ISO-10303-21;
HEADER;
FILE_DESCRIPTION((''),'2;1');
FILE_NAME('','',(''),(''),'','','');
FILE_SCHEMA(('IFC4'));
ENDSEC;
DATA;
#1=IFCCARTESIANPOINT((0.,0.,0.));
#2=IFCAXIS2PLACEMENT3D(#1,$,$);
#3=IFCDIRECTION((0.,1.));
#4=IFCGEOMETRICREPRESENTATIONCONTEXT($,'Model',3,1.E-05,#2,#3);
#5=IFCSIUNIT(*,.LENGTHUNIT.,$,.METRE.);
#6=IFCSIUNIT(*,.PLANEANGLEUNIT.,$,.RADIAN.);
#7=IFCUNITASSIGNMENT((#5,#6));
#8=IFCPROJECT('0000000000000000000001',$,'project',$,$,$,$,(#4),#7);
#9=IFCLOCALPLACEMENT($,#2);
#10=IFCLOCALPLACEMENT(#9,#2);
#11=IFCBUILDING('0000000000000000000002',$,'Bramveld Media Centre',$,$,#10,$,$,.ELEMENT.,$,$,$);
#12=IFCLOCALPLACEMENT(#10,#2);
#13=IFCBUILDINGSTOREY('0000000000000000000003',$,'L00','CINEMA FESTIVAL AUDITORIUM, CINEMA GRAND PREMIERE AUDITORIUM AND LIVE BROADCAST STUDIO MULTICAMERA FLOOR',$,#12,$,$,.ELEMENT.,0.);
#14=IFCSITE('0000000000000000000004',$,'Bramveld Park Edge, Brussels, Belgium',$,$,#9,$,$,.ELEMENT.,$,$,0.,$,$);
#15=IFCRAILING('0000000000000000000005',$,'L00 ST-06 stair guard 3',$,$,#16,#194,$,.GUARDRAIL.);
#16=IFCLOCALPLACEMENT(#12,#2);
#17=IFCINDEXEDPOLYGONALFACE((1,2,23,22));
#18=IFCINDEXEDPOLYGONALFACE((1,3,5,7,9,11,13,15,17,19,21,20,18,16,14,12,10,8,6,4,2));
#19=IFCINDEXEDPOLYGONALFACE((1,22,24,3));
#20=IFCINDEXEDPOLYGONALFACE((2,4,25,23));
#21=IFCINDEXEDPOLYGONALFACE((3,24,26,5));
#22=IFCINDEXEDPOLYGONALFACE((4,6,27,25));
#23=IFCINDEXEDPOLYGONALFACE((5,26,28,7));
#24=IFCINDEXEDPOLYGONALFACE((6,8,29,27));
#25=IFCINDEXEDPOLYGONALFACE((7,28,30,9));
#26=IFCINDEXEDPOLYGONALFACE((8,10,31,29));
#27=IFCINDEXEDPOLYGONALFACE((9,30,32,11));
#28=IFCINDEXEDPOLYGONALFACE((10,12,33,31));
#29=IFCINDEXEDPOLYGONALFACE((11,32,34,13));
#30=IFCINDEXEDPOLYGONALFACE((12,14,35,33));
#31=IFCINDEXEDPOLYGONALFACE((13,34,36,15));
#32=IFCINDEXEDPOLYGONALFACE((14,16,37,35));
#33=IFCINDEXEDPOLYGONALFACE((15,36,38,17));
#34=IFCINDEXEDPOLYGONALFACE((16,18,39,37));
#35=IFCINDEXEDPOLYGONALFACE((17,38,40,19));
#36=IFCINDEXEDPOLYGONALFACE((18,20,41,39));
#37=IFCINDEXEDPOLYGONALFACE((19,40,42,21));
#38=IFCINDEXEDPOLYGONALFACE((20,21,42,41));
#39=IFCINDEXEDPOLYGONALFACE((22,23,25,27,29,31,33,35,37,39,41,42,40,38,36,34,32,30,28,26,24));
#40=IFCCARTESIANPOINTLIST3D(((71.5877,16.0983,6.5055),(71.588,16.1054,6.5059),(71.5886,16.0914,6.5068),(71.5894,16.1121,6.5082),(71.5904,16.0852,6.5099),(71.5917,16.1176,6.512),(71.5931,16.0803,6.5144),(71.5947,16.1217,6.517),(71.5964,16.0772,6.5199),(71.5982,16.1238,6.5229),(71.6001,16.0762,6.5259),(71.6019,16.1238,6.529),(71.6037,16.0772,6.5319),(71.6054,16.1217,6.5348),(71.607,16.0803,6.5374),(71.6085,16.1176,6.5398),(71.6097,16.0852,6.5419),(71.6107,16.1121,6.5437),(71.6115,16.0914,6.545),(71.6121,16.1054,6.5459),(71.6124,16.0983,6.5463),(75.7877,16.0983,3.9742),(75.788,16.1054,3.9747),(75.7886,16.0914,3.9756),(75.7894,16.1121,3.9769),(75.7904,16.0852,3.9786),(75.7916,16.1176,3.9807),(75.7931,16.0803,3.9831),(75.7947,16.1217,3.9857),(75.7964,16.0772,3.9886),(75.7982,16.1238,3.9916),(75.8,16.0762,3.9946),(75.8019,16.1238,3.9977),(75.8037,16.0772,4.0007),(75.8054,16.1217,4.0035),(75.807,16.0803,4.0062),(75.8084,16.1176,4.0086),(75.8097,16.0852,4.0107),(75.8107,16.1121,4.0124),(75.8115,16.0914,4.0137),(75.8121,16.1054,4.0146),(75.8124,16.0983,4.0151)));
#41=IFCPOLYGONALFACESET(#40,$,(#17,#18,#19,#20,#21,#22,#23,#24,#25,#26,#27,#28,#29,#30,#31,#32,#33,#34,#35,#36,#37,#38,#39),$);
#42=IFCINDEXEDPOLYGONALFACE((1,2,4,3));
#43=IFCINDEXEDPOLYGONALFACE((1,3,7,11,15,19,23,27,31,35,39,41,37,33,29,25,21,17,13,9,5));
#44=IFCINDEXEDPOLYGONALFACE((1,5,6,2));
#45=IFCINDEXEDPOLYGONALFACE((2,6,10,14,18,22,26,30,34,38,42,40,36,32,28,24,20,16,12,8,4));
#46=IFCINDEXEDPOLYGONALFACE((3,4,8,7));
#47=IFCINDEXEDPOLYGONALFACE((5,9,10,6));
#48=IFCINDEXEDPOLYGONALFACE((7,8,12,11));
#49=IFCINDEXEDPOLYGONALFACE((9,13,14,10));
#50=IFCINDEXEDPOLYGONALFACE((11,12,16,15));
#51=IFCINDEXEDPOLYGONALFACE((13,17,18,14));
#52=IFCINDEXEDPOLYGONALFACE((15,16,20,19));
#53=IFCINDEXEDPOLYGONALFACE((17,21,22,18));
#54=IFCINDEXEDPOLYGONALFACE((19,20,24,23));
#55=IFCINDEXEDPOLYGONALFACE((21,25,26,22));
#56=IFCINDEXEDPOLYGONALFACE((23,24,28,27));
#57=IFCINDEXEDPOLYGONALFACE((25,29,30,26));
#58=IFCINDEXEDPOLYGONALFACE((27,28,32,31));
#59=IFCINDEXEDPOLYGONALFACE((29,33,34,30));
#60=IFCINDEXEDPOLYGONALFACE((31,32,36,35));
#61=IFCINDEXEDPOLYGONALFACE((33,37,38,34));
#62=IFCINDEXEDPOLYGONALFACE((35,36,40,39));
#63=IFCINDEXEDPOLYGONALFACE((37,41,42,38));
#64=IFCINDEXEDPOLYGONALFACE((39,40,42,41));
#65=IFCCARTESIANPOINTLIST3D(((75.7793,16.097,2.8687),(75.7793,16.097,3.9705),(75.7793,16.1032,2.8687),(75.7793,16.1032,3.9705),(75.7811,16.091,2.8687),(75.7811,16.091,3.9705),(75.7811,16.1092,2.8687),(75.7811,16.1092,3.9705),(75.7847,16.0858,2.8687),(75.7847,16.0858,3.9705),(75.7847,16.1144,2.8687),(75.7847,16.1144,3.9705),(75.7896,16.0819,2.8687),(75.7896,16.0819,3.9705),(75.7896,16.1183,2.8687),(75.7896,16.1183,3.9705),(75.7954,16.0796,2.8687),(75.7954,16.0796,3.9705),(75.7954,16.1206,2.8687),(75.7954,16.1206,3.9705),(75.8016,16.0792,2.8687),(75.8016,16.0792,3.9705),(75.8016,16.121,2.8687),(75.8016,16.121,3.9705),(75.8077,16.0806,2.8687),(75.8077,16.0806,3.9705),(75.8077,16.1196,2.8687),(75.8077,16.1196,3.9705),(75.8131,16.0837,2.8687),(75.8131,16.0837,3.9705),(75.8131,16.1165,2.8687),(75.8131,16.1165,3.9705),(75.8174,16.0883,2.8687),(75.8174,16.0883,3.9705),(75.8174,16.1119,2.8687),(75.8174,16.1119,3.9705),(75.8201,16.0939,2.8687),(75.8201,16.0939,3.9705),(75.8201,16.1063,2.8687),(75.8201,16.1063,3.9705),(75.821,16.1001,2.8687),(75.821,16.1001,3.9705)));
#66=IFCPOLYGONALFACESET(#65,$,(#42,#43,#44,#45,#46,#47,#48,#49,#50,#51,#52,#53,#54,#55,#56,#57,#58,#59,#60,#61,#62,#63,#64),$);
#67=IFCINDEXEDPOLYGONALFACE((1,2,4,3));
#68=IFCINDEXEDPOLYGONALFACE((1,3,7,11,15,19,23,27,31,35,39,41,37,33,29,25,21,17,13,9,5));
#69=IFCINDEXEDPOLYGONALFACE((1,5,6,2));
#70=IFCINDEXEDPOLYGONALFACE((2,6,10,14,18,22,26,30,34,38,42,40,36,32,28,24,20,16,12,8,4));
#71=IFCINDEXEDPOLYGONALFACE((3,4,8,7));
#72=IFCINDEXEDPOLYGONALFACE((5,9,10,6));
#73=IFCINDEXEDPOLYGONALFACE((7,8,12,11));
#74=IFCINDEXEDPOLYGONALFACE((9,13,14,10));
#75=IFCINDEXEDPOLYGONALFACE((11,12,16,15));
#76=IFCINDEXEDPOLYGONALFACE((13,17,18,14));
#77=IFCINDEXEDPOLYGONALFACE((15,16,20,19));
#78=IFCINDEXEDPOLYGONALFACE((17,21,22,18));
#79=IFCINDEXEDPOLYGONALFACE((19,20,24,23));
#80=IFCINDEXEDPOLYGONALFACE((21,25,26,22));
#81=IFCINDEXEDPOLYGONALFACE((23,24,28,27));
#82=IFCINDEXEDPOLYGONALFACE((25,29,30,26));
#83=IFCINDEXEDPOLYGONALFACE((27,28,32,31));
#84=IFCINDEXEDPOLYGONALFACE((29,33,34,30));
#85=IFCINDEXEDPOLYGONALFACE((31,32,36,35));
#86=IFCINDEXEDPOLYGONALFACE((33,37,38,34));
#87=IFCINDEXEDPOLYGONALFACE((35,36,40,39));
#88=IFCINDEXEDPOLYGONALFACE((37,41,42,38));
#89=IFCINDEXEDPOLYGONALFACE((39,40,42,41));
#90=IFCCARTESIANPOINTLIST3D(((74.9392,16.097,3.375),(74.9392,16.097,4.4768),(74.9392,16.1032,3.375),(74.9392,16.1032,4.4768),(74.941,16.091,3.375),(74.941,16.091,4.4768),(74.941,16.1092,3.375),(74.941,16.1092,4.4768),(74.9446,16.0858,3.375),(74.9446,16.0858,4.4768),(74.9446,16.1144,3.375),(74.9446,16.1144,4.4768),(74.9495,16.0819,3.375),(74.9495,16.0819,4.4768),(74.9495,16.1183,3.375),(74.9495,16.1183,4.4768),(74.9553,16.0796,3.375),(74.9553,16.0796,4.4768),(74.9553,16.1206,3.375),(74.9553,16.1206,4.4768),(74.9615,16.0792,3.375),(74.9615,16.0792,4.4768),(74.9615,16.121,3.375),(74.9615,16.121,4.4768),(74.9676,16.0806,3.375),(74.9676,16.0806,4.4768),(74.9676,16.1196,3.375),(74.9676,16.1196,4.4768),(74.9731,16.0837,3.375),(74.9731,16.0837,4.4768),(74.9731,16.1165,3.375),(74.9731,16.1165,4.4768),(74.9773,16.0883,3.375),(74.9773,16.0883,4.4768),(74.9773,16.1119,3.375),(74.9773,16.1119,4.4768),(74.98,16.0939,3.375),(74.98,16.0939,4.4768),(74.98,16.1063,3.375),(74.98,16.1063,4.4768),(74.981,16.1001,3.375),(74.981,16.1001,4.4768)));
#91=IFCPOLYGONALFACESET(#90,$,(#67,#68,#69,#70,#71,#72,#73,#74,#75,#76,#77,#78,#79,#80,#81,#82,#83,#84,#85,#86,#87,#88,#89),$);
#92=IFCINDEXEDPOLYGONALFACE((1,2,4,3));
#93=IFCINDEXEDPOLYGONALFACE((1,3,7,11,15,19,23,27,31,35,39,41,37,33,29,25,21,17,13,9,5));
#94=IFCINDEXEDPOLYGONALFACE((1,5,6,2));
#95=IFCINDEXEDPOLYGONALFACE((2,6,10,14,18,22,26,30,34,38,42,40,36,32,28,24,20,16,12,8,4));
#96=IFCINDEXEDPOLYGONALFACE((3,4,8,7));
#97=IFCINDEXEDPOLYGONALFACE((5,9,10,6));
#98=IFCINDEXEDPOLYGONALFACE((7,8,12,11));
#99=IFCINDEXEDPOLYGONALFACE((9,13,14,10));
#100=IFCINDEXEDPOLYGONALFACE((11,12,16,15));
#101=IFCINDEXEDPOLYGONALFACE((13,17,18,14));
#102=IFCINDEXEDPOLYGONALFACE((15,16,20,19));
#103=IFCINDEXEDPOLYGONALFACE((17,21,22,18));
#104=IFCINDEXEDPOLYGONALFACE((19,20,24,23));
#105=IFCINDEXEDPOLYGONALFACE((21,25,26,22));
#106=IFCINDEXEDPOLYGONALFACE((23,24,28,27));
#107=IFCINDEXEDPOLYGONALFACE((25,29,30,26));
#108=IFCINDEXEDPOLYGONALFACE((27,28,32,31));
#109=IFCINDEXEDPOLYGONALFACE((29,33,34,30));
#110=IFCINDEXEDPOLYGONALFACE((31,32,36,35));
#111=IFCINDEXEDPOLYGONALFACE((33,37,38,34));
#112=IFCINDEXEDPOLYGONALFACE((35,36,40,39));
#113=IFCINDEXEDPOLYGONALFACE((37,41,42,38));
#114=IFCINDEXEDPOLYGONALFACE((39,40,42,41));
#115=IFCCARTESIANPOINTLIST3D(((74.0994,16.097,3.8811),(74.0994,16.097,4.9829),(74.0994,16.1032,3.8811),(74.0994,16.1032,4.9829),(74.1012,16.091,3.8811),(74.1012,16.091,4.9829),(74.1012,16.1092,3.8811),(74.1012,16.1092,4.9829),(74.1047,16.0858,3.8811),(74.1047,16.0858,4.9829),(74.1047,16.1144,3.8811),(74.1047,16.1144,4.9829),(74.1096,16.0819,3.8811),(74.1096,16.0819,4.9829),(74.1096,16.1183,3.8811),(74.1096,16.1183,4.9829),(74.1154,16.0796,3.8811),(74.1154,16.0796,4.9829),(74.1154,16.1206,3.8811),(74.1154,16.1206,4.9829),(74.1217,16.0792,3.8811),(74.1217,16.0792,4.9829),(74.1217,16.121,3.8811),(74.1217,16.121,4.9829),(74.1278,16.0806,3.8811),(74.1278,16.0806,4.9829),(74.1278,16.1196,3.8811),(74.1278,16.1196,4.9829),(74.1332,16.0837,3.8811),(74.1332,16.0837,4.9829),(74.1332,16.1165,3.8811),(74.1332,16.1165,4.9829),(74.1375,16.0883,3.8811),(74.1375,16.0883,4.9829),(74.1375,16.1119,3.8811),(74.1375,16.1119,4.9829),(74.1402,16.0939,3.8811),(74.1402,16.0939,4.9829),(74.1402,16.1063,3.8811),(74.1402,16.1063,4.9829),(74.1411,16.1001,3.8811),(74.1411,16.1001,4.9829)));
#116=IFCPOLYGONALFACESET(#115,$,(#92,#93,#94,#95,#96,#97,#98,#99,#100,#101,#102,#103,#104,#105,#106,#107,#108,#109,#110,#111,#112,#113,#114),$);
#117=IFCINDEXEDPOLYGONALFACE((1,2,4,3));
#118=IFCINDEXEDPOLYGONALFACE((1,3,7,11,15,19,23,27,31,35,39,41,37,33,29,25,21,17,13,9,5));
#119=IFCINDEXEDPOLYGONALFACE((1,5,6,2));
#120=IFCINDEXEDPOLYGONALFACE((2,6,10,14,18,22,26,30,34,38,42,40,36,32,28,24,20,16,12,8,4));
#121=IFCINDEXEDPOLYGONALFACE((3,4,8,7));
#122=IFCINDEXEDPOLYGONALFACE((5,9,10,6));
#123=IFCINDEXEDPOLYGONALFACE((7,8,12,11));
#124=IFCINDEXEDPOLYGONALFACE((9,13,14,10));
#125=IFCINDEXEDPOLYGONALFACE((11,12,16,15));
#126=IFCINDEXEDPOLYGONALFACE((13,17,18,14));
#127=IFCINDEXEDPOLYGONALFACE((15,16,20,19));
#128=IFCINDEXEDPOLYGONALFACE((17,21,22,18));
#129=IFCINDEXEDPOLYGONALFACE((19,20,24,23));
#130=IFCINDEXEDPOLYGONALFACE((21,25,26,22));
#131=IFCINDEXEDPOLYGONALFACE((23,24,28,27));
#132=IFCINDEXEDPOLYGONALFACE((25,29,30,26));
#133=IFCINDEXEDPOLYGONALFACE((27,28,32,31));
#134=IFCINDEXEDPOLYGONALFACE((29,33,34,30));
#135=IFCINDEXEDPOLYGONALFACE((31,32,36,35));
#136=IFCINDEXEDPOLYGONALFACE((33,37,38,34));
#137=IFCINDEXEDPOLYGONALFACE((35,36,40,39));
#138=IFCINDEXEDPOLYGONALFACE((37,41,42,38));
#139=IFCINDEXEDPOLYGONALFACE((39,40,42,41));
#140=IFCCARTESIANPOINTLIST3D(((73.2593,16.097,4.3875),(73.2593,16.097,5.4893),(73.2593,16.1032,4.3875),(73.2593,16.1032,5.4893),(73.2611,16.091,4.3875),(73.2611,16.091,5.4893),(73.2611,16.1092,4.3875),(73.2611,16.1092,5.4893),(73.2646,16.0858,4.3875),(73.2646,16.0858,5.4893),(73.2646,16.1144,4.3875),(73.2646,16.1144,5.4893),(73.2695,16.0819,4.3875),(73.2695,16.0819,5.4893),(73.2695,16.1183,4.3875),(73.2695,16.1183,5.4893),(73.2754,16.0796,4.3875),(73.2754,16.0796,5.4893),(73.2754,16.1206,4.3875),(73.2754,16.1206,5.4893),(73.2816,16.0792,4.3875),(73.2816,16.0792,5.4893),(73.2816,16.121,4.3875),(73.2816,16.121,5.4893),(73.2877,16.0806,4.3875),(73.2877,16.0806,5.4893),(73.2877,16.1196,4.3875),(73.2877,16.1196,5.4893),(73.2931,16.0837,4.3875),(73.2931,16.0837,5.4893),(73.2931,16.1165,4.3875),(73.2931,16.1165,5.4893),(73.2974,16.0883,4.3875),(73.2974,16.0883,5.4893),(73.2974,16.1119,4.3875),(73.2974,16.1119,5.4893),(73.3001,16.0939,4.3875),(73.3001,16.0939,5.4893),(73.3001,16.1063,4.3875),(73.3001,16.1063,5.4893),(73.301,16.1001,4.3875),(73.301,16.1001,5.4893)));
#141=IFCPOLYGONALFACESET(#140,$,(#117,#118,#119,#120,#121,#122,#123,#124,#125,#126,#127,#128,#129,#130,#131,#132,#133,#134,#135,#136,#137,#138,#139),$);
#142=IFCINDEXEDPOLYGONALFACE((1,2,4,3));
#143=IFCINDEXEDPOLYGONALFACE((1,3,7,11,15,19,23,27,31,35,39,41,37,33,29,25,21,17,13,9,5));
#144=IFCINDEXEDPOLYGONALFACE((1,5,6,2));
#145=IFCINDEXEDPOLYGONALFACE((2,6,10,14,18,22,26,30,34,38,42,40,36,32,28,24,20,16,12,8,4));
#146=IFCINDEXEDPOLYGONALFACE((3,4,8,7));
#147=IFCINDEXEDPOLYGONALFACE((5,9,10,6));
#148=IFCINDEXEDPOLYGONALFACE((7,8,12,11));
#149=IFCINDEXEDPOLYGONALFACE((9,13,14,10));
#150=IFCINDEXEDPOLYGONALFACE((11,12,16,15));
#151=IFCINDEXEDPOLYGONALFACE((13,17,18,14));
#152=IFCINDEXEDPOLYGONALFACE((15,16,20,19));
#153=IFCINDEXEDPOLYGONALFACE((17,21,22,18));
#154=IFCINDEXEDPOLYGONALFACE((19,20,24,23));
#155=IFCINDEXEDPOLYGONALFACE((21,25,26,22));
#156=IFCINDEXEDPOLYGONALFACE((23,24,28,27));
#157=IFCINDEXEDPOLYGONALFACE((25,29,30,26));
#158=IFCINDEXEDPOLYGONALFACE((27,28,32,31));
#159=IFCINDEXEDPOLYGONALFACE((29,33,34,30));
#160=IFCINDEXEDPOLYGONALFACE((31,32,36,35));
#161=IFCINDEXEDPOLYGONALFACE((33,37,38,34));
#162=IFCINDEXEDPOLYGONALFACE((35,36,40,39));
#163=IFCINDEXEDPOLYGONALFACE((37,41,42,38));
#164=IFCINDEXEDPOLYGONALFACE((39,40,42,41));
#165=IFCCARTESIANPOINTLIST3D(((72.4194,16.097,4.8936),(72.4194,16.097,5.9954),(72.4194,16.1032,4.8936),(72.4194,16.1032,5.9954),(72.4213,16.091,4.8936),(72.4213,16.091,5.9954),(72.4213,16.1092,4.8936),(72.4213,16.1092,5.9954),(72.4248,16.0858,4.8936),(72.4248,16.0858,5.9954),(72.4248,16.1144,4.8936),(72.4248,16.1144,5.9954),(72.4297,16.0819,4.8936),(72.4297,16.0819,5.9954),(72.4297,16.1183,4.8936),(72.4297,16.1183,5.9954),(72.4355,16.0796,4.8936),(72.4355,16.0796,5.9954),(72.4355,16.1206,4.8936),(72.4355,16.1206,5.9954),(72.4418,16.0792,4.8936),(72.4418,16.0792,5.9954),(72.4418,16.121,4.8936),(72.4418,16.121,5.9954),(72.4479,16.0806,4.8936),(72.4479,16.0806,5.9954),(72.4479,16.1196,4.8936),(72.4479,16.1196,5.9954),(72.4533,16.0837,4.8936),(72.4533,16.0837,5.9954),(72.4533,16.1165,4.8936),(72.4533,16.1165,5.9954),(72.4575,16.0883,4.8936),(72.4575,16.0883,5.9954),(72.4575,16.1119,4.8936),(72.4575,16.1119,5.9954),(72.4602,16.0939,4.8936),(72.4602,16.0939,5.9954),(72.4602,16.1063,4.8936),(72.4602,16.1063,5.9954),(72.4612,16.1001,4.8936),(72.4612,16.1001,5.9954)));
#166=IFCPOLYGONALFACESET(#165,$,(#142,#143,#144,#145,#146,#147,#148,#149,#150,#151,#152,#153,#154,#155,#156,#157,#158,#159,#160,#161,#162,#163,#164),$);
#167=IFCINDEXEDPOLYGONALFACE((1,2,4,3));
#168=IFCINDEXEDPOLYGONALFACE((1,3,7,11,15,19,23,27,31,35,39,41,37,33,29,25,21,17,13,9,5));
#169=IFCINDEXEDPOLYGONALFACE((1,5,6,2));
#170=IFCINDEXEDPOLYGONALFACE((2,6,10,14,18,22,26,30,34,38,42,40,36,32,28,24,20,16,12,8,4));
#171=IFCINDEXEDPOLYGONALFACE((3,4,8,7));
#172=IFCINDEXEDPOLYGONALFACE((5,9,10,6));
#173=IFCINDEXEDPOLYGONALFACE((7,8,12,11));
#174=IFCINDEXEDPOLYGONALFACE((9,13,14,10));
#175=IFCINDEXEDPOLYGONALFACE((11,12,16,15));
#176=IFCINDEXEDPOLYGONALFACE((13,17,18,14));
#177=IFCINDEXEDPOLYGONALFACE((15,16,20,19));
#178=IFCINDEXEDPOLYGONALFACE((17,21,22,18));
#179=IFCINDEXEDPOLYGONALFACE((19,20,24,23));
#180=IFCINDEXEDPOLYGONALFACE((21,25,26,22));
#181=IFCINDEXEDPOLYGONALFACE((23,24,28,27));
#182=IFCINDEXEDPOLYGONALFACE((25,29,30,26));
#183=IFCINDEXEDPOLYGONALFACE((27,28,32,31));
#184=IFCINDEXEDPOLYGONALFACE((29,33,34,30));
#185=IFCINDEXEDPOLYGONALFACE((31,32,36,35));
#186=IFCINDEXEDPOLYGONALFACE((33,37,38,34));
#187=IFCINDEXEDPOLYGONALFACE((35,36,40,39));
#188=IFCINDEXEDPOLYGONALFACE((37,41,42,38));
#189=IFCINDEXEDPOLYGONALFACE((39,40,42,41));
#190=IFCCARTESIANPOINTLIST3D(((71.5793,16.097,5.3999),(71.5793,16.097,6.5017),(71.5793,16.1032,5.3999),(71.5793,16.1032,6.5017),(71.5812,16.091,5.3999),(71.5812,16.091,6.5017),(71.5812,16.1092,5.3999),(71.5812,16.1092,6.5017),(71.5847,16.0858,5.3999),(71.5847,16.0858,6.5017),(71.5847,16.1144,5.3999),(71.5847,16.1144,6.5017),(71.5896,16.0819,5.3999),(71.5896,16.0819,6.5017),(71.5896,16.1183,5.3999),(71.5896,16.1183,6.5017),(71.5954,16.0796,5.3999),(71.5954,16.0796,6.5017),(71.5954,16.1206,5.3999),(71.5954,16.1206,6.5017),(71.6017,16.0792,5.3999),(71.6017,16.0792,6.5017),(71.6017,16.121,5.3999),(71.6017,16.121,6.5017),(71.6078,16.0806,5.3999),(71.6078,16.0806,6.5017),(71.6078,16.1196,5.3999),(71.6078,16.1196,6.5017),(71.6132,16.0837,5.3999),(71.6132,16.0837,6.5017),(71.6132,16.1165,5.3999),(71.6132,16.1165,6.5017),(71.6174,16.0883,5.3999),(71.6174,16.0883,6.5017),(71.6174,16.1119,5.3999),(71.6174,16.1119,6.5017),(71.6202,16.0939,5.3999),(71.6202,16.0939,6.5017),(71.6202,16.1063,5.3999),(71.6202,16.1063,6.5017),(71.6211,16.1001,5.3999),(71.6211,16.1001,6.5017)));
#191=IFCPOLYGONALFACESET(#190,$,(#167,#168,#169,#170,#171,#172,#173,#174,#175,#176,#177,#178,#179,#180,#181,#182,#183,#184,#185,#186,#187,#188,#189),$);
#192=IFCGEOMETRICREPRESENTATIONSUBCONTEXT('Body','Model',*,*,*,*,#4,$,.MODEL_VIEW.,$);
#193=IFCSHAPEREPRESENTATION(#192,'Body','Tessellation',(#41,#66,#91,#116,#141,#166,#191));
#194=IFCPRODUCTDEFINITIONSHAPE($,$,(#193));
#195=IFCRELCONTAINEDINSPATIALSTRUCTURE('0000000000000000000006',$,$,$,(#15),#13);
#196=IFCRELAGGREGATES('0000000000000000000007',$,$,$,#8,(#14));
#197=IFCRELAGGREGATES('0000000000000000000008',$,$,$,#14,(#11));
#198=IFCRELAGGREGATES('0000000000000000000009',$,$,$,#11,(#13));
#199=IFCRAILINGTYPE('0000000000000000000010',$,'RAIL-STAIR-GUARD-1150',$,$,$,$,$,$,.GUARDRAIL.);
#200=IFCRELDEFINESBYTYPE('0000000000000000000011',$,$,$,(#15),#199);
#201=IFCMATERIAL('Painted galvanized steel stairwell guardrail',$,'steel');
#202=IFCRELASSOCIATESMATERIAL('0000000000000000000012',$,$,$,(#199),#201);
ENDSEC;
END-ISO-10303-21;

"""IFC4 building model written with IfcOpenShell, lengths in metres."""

from ifc_helpers import new_model, si_unit, direction, frame, origin, origin_2d, place, context, subcontext, project, spatial, circle, extrude, material, type_object, element, save


model = new_model("IFC4")

# Units and contexts
model_context = context("Model", 3, precision=1e-05, world=origin(), true_north=direction((0.0, 1.0)))
body_context = subcontext(model_context, "Body", "Model", "MODEL_VIEW")
ifc_project = project(units=[si_unit("LENGTHUNIT", "METRE"), si_unit("PLANEANGLEUNIT", "RADIAN")], contexts=[model_context])

# Site, building, storey
site_placement = place(None, origin())
site = spatial("IfcSite", under=ifc_project, at=site_placement, Name="Bramveld Park Edge, Brussels, Belgium", CompositionType="ELEMENT", RefElevation=0.0)
building_placement = place(site_placement, origin())
building = spatial("IfcBuilding", under=site, at=building_placement, Name="Bramveld Media Centre", CompositionType="ELEMENT")
storey_placement = place(building_placement, origin())
storey = spatial("IfcBuildingStorey", under=building, at=storey_placement, Name="L00", Description="CINEMA FESTIVAL AUDITORIUM, CINEMA GRAND PREMIERE AUDITORIUM AND LIVE BROADCAST STUDIO MULTICAMERA FLOOR", CompositionType="ELEMENT", Elevation=0.0)

# Railing
ifc_material_1 = material(Name="Painted galvanized steel stairwell guardrail", Category="steel")
railing_type_1 = type_object("IfcRailingType", Name="RAIL-STAIR-GUARD-1150", PredefinedType="GUARDRAIL", material=ifc_material_1)
railing_1_placement = place(storey_placement, frame((75.8, 16.1001, 2.8687)))
element("IfcRailing", 1, at=railing_1_placement, inside=storey, type_object=railing_type_1, Name="L00 ST-06 stair guard 3", PredefinedType="GUARDRAIL", context=body_context, shape_type="SweptSolid", body=[
    extrude(circle(Radius=0.0239, at=origin_2d()), frame((0.0, 0.0, 1.126), z_axis=(-0.856476, 0.0, 0.516186), x_axis=(0.0, -1.0, 0.0)), (0.0, 0.0, 1.0), 4.9038),
    extrude(circle(Radius=0.021, at=origin_2d()), origin(), (0.0, 0.0, 1.0), 1.1018),
    extrude(circle(Radius=0.021, at=origin_2d()), frame((-0.8401, 0.0, 0.5063)), (0.0, 0.0, 1.0), 1.1018),
    extrude(circle(Radius=0.021, at=origin_2d()), frame((-1.6799, 0.0, 1.0125)), (0.0, 0.0, 1.0), 1.1018),
    extrude(circle(Radius=0.021, at=origin_2d()), frame((-2.52, 0.0, 1.5188)), (0.0, 0.0, 1.0), 1.1018),
    extrude(circle(Radius=0.021, at=origin_2d()), frame((-3.3599, 0.0, 2.0249)), (0.0, 0.0, 1.0), 1.1018),
    extrude(circle(Radius=0.021, at=origin_2d()), frame((-4.2, 0.0, 2.5312)), (0.0, 0.0, 1.0), 1.1018),
])

save(model, "model.ifc")
